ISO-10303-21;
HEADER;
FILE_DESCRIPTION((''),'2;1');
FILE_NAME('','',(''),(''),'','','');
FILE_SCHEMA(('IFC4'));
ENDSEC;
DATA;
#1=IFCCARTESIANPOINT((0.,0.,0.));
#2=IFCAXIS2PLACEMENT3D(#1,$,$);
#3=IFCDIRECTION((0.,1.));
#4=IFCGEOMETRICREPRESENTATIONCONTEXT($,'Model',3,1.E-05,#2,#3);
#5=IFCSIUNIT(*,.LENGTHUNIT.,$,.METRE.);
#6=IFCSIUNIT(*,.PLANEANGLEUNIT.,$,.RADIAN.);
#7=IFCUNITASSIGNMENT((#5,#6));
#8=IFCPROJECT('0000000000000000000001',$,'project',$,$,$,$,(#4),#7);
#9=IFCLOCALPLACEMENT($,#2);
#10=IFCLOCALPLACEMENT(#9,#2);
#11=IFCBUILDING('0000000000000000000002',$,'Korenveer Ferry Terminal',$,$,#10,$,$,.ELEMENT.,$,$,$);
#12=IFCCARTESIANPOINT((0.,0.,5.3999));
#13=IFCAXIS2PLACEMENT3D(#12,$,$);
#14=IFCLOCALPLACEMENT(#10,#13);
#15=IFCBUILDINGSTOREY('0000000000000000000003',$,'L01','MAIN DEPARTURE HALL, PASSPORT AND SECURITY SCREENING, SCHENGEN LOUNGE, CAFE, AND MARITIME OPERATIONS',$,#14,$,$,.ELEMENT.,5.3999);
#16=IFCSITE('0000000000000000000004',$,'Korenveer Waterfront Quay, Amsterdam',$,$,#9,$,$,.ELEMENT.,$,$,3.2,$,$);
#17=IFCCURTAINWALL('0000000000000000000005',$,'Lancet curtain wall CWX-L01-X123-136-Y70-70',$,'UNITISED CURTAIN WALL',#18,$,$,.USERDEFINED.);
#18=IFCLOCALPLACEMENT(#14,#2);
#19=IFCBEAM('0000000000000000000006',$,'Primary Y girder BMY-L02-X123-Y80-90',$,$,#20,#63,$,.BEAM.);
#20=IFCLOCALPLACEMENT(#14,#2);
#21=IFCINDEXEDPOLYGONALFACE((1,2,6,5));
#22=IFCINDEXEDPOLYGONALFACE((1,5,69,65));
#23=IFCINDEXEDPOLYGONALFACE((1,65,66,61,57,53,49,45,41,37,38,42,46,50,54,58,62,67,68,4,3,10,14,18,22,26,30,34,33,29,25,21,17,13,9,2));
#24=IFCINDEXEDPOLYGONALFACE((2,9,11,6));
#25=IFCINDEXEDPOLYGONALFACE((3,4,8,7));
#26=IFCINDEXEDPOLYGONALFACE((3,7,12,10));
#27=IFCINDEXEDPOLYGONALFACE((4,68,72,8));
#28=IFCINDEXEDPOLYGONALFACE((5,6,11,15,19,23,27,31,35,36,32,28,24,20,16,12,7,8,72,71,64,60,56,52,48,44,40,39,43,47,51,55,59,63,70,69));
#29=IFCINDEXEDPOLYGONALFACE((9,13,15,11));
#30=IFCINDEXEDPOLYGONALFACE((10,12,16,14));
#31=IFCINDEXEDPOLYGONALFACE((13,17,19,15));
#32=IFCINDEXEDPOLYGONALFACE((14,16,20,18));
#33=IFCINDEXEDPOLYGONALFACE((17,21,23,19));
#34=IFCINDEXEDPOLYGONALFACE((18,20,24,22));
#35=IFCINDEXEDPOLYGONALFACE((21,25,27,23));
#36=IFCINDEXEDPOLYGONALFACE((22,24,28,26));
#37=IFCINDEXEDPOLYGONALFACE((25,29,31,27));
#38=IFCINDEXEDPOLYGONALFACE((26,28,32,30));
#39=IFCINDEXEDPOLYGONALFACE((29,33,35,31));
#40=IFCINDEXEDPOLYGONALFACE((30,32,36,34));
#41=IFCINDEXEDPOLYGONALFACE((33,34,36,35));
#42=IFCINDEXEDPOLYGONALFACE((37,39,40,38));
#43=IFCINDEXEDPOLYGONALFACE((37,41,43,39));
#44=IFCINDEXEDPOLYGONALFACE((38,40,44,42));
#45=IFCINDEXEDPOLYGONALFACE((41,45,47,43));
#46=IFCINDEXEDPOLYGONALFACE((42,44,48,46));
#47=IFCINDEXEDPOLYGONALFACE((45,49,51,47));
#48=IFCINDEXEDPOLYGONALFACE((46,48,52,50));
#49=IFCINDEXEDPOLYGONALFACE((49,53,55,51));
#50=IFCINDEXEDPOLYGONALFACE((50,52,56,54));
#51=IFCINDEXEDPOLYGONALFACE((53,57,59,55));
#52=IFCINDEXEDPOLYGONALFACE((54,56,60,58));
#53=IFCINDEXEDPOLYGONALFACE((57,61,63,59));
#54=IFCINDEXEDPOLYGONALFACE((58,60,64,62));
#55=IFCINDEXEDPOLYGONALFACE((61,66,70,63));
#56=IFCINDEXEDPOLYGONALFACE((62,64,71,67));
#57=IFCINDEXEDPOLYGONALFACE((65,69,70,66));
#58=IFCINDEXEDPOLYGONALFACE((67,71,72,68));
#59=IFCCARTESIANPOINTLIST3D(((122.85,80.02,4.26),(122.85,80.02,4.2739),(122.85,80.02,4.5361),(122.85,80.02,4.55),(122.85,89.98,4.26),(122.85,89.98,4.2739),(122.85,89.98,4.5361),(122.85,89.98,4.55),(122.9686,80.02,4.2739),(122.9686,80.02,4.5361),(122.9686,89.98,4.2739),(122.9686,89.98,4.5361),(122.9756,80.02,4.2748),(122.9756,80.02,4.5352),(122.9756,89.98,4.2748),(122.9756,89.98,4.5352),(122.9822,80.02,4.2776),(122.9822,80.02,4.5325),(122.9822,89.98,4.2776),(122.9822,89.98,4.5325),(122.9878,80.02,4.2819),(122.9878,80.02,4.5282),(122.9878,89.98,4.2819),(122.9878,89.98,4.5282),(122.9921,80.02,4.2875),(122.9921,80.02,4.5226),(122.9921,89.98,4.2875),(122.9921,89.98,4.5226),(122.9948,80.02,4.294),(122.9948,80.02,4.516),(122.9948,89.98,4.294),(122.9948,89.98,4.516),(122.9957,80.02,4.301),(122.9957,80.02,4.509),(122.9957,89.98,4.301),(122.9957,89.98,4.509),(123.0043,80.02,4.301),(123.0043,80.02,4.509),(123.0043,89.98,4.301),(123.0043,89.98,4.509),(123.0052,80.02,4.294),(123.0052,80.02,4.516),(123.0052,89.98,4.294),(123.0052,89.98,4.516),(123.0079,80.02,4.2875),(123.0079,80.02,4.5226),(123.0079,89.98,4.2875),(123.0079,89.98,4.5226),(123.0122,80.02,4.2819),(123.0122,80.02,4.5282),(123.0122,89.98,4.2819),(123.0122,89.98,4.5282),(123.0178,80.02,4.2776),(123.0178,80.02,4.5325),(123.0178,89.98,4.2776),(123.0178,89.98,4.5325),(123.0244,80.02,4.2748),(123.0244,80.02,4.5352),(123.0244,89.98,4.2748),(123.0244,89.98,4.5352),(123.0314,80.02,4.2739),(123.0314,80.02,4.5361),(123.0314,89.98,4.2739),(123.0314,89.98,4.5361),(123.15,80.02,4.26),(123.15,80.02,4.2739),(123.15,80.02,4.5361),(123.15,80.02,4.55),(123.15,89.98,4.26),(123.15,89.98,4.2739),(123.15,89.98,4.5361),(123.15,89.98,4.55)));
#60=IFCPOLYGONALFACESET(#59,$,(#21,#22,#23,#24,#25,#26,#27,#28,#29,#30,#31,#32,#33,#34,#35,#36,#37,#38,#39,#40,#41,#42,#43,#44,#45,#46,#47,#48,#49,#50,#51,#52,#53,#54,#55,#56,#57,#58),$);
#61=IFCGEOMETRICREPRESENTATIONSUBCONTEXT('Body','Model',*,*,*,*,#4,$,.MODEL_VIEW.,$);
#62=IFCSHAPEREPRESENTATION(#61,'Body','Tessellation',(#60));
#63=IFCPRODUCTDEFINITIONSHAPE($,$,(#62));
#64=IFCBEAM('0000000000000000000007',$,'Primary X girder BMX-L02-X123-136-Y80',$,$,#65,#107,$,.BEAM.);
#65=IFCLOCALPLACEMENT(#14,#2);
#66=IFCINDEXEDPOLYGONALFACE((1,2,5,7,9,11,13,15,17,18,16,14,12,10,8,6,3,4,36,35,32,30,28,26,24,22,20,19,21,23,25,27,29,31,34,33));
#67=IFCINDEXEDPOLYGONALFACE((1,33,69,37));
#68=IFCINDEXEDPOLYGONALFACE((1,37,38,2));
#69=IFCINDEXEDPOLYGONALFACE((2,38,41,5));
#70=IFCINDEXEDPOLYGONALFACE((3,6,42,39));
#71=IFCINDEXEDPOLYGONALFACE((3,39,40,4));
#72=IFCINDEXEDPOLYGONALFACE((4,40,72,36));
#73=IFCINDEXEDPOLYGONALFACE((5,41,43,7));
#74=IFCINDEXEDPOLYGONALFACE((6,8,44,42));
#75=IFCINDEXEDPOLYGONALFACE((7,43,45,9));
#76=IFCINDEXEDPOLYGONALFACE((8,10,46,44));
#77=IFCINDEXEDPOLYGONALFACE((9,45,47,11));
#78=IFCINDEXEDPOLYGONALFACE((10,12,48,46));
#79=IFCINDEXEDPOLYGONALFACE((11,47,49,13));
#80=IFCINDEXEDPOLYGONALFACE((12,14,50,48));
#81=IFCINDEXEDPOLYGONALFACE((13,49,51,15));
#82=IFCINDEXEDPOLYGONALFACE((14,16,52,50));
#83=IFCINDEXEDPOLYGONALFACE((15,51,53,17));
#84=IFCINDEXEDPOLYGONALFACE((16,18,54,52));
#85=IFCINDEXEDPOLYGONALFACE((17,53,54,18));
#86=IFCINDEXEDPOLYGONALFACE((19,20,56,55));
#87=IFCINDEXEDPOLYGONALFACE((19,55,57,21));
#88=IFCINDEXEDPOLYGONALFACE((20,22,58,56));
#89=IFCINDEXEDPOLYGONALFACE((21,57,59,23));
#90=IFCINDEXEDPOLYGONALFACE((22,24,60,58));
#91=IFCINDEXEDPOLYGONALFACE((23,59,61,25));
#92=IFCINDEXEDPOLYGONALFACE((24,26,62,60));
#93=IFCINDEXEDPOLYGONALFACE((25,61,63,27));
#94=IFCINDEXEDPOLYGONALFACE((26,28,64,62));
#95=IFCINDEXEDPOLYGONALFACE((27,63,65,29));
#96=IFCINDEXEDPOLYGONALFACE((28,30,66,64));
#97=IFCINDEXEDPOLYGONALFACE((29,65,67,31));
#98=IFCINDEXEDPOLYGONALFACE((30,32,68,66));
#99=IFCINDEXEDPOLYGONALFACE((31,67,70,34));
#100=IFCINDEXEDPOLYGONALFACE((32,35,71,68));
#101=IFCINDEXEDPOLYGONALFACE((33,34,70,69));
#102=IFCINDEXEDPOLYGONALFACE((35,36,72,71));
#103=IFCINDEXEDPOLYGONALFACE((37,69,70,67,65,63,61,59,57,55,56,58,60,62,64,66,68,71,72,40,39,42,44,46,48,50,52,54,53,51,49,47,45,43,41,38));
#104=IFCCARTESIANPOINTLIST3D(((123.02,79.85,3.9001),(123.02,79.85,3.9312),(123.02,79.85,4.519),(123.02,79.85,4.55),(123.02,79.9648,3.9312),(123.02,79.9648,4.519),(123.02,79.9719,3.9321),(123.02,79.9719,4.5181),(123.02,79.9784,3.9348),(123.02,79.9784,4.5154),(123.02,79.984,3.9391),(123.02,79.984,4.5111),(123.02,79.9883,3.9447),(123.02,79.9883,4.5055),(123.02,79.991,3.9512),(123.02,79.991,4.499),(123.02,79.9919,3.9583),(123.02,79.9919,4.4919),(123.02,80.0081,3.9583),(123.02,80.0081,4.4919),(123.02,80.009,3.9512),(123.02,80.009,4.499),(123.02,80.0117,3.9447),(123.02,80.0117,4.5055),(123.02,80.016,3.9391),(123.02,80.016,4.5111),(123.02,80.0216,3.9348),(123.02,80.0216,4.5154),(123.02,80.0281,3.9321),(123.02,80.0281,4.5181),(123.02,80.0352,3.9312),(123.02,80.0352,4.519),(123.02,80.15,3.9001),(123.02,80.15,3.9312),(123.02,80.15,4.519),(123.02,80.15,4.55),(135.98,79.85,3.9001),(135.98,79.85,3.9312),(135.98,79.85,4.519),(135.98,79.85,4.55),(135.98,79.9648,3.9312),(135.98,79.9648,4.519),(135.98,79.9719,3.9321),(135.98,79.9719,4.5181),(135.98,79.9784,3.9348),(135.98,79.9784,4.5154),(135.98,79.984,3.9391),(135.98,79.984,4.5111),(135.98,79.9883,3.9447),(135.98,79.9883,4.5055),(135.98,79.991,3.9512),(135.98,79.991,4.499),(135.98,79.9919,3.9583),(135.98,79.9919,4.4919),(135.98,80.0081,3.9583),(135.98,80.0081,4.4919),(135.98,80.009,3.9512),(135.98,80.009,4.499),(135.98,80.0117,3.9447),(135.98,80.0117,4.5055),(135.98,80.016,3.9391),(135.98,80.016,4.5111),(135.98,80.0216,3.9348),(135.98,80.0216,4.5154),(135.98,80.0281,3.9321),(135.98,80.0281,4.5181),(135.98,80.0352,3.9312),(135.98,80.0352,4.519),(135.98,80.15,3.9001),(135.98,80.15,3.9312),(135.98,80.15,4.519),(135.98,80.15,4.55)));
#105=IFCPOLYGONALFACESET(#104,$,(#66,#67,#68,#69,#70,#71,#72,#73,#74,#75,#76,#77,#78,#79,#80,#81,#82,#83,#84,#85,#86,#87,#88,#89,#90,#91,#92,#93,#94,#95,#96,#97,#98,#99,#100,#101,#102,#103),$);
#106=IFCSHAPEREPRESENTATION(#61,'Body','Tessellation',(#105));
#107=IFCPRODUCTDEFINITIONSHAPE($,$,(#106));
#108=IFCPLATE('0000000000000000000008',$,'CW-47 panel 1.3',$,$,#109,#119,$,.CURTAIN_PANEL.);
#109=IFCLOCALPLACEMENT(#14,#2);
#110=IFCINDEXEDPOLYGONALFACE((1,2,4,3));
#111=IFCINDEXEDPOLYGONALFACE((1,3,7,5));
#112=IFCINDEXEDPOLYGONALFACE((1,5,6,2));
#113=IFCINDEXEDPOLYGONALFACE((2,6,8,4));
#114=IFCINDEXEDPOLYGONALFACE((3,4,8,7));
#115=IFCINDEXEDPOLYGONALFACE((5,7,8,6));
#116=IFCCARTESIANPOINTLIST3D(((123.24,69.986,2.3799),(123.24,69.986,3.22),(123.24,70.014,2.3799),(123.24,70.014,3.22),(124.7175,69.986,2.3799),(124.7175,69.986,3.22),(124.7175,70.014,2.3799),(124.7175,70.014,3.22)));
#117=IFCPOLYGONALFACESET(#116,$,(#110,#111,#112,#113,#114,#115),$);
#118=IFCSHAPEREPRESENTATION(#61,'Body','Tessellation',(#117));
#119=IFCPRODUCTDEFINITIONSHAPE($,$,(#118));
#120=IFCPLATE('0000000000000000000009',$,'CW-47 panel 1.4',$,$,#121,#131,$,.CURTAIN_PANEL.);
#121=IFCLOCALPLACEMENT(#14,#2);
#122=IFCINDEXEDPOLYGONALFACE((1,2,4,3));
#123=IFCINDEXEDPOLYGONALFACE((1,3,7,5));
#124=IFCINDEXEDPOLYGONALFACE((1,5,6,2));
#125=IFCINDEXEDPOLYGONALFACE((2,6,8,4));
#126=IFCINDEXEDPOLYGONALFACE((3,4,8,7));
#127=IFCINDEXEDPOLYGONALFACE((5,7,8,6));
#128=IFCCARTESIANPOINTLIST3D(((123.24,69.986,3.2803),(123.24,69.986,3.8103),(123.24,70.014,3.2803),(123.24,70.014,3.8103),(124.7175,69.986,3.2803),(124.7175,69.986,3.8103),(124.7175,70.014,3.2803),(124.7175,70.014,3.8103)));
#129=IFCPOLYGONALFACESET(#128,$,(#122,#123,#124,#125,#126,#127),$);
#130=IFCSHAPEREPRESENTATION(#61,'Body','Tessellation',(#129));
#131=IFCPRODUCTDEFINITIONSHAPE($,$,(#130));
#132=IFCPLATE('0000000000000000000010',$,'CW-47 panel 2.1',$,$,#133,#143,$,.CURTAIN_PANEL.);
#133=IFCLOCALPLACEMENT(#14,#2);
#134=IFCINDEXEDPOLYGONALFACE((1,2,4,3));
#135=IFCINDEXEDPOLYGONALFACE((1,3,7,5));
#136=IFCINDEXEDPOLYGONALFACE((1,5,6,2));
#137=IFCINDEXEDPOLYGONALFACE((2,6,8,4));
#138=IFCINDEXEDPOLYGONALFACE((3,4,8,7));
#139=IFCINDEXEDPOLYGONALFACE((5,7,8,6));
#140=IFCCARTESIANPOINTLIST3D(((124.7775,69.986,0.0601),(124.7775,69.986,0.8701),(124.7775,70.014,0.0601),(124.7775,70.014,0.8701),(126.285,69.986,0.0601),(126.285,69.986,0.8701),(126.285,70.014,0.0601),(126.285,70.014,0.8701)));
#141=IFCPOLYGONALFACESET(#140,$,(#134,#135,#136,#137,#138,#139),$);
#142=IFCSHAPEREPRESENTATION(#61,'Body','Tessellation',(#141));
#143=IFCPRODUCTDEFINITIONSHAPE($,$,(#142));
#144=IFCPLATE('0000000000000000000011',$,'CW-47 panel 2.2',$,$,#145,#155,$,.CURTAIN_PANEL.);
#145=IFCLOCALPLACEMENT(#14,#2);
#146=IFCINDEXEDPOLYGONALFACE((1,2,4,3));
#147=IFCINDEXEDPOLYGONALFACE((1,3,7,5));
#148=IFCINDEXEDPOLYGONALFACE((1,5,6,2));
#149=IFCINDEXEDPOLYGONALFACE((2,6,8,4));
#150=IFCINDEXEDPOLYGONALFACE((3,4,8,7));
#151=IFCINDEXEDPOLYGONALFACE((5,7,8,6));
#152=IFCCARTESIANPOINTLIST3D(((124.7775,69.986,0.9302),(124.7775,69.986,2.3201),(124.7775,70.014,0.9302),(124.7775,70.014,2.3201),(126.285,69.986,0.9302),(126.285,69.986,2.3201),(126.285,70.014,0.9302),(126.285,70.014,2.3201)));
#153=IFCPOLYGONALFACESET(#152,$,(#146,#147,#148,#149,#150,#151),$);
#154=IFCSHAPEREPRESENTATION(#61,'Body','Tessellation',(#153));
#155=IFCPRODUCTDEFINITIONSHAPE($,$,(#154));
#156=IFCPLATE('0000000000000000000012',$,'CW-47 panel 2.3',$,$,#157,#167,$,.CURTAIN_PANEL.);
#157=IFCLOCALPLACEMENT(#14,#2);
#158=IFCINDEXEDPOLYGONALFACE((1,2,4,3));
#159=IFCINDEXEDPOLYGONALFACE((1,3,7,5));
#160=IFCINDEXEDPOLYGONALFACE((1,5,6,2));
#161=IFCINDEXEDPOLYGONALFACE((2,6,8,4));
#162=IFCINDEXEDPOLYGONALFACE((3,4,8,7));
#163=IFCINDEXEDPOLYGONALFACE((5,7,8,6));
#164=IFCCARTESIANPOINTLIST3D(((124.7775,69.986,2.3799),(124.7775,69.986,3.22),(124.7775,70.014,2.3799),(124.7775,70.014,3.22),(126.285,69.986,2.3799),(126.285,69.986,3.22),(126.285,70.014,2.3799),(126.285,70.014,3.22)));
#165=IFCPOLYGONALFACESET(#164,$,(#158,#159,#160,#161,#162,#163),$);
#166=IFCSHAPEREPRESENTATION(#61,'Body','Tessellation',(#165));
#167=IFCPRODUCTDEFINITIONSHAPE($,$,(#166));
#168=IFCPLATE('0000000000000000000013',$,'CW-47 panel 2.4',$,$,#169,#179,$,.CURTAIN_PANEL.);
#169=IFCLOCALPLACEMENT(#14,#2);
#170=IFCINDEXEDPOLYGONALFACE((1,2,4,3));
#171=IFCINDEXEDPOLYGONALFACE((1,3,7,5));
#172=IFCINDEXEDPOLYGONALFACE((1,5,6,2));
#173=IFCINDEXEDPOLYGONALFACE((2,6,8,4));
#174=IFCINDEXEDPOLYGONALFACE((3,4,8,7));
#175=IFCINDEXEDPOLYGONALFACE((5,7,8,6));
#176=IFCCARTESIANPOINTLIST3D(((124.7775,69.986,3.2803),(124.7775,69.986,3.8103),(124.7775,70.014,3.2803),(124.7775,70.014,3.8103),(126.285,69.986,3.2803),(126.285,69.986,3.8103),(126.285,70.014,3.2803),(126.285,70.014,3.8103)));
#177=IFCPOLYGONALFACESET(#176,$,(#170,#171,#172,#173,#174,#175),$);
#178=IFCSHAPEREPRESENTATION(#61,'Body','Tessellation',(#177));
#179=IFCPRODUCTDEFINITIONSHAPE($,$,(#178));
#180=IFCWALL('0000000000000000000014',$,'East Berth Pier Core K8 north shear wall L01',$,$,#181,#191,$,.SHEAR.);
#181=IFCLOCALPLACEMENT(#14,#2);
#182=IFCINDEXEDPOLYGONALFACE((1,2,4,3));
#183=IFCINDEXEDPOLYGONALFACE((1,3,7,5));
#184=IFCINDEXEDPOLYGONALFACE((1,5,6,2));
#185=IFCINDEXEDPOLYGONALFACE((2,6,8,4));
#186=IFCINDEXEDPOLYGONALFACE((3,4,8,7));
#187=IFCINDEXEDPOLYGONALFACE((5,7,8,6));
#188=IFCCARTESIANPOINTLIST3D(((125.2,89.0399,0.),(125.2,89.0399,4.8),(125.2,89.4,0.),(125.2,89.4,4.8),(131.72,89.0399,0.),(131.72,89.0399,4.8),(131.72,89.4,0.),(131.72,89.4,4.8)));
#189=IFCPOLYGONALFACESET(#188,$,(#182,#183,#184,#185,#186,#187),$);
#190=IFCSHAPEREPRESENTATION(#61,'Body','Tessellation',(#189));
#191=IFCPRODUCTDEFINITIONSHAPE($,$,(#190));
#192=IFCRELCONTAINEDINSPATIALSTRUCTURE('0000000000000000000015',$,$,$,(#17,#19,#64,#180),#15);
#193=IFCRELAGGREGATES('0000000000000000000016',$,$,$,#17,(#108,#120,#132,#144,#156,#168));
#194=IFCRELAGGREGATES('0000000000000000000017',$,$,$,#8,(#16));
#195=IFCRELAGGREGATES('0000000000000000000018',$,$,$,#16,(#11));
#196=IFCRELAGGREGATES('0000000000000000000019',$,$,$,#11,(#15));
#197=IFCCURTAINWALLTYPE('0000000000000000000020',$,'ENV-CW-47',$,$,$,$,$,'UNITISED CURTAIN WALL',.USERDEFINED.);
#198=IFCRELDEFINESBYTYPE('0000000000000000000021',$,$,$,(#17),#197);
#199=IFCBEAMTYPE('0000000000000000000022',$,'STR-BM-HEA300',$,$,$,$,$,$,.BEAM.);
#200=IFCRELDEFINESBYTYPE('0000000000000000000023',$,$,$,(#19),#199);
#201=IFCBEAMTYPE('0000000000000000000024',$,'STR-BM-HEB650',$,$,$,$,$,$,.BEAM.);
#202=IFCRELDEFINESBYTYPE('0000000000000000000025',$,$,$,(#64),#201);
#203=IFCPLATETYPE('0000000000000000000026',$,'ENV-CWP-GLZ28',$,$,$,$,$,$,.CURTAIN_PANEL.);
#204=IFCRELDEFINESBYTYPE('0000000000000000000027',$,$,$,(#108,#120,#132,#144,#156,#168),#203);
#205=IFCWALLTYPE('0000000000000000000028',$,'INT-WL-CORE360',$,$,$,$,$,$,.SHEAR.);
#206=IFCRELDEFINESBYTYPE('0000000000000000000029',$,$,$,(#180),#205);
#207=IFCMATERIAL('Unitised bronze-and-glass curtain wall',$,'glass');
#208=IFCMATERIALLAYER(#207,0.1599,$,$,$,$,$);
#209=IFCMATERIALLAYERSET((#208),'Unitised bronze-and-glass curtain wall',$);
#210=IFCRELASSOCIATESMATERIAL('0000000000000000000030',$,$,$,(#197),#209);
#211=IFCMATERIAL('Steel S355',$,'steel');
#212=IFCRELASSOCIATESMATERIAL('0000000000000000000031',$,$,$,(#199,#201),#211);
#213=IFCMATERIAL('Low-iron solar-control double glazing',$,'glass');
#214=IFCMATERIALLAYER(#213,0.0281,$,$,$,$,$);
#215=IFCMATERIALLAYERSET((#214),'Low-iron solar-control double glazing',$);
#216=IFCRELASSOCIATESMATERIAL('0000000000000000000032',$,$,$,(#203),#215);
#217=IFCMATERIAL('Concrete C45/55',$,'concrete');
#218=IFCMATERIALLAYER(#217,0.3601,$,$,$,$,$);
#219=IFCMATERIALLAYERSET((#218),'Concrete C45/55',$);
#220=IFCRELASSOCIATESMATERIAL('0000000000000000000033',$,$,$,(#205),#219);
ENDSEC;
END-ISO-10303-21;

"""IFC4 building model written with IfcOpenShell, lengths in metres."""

from ifc_helpers import new_model, si_unit, direction, frame, frame_2d, origin, origin_2d, place, context, subcontext, project, spatial, rectangle, i_section, extrude, material, layer, layer_set, material_profile, profile_set, type_object, element, aggregate, save


model = new_model("IFC4")

# Units and contexts
model_context = context("Model", 3, precision=1e-05, world=origin(), true_north=direction((0.0, 1.0)))
body_context = subcontext(model_context, "Body", "Model", "MODEL_VIEW")
ifc_project = project(units=[si_unit("LENGTHUNIT", "METRE"), si_unit("PLANEANGLEUNIT", "RADIAN")], contexts=[model_context])

# Site, building, storey
site_placement = place(None, origin())
site = spatial("IfcSite", under=ifc_project, at=site_placement, Name="Korenveer Waterfront Quay, Amsterdam", CompositionType="ELEMENT", RefElevation=3.2)
building_placement = place(site_placement, origin())
building = spatial("IfcBuilding", under=site, at=building_placement, Name="Korenveer Ferry Terminal", CompositionType="ELEMENT")
storey_placement = place(building_placement, frame((0.0, 0.0, 5.3999)))
storey = spatial("IfcBuildingStorey", under=building, at=storey_placement, Name="L01", Description="MAIN DEPARTURE HALL, PASSPORT AND SECURITY SCREENING, SCHENGEN LOUNGE, CAFE, AND MARITIME OPERATIONS", CompositionType="ELEMENT", Elevation=5.3999)

# Shared definitions
ifc_material_1 = material(Name="Steel S355", Category="steel")

# Curtain wall
ifc_material_2 = material(Name="Unitised bronze-and-glass curtain wall", Category="glass")
ifc_layer_1 = layer(ifc_material_2, 0.1599)
ifc_layer_set_1 = layer_set([ifc_layer_1], Name="Unitised bronze-and-glass curtain wall")
curtain_wall_type = type_object("IfcCurtainWallType", Name="ENV-CW-47", ElementType="UNITISED CURTAIN WALL", PredefinedType="USERDEFINED", material=ifc_layer_set_1)
curtain_wall_placement = place(storey_placement, frame((123.1799, 70.0, 0.0)))
curtain_wall = element("IfcCurtainWall", 1, at=curtain_wall_placement, inside=storey, type_object=curtain_wall_type, Name="Lancet curtain wall CWX-L01-X123-136-Y70-70", ObjectType="UNITISED CURTAIN WALL", PredefinedType="USERDEFINED")

# Beams
ifc_material_profile_1 = material_profile(ifc_material_1, i_section(OverallWidth=0.3, OverallDepth=0.29, WebThickness=0.0085, FlangeThickness=0.0139, FilletRadius=0.0271, at=origin_2d()), Name="HEA 300")
ifc_profile_set_1 = profile_set([ifc_material_profile_1], Name="Steel S355")
beam_type_1 = type_object("IfcBeamType", Name="STR-BM-HEA300", PredefinedType="BEAM", material=ifc_profile_set_1)
for number, where, z_axis, x_axis, name in (
    (2, (123.0, 80.02, 4.405), (0.0, 1.0, 0.0), (-1.0, 0.0, 0.0), "Primary Y girder BMY-L02-X123-Y80-90"),
):
    element("IfcBeam", number, at=place(storey_placement, frame(where, z_axis=z_axis, x_axis=x_axis)), inside=storey, type_object=beam_type_1, Name=name, PredefinedType="BEAM", context=body_context, shape_type="SweptSolid", body=[
        extrude(i_section(OverallWidth=0.3, OverallDepth=0.29, WebThickness=0.0085, FlangeThickness=0.0139, FilletRadius=0.0271, at=origin_2d()), origin(), (0.0, 0.0, 1.0), 9.96),
    ])
ifc_material_profile_2 = material_profile(ifc_material_1, i_section(OverallWidth=0.3, OverallDepth=0.6499, WebThickness=0.0161, FlangeThickness=0.031, FilletRadius=0.0271, at=origin_2d()), Name="HEB 650")
ifc_profile_set_2 = profile_set([ifc_material_profile_2], Name="Steel S355")
beam_type_2 = type_object("IfcBeamType", Name="STR-BM-HEB650", PredefinedType="BEAM", material=ifc_profile_set_2)
beam_placement = place(storey_placement, frame((123.02, 80.0, 4.2251), z_axis=(1.0, 0.0, 0.0), x_axis=(0.0, 1.0, 0.0)))
element("IfcBeam", 3, at=beam_placement, inside=storey, type_object=beam_type_2, Name="Primary X girder BMX-L02-X123-136-Y80", PredefinedType="BEAM", context=body_context, shape_type="SweptSolid", body=[
    extrude(i_section(OverallWidth=0.3, OverallDepth=0.6499, WebThickness=0.0161, FlangeThickness=0.031, FilletRadius=0.0271, at=origin_2d()), origin(), (0.0, 0.0, 1.0), 12.96),
])

# Plates
ifc_material_3 = material(Name="Low-iron solar-control double glazing", Category="glass")
ifc_layer_2 = layer(ifc_material_3, 0.0281)
ifc_layer_set_2 = layer_set([ifc_layer_2], Name="Low-iron solar-control double glazing")
plate_type = type_object("IfcPlateType", Name="ENV-CWP-GLZ28", PredefinedType="CURTAIN_PANEL", material=ifc_layer_set_2)
plate_1_placement = place(storey_placement, frame((123.9788, 70.0, 2.3799), z_axis=(0.0, 0.0, 1.0), x_axis=(1.0, 0.0, 0.0)))
plate_1 = element("IfcPlate", 4, at=plate_1_placement, type_object=plate_type, Name="CW-47 panel 1.3", PredefinedType="CURTAIN_PANEL", context=body_context, shape_type="SweptSolid", body=[
    extrude(rectangle(XDim=1.4775, YDim=0.0281, at=origin_2d()), origin(), (0.0, 0.0, 1.0), 0.8401),
])
plate_2_placement = place(storey_placement, frame((123.9788, 70.0, 3.2803), z_axis=(0.0, 0.0, 1.0), x_axis=(1.0, 0.0, 0.0)))
plate_2 = element("IfcPlate", 5, at=plate_2_placement, type_object=plate_type, Name="CW-47 panel 1.4", PredefinedType="CURTAIN_PANEL", context=body_context, shape_type="SweptSolid", body=[
    extrude(rectangle(XDim=1.4775, YDim=0.0281, at=origin_2d()), origin(), (0.0, 0.0, 1.0), 0.53),
])
plate_3_placement = place(storey_placement, frame((125.5312, 70.0, 0.0601), z_axis=(0.0, 0.0, 1.0), x_axis=(1.0, 0.0, 0.0)))
plate_3 = element("IfcPlate", 6, at=plate_3_placement, type_object=plate_type, Name="CW-47 panel 2.1", PredefinedType="CURTAIN_PANEL", context=body_context, shape_type="SweptSolid", body=[
    extrude(rectangle(XDim=1.5076, YDim=0.0281, at=origin_2d()), origin(), (0.0, 0.0, 1.0), 0.8101),
])
plate_4_placement = place(storey_placement, frame((125.5312, 70.0, 0.9302), z_axis=(0.0, 0.0, 1.0), x_axis=(1.0, 0.0, 0.0)))
plate_4 = element("IfcPlate", 7, at=plate_4_placement, type_object=plate_type, Name="CW-47 panel 2.2", PredefinedType="CURTAIN_PANEL", context=body_context, shape_type="SweptSolid", body=[
    extrude(rectangle(XDim=1.5076, YDim=0.0281, at=origin_2d()), origin(), (0.0, 0.0, 1.0), 1.3899),
])
plate_5_placement = place(storey_placement, frame((125.5312, 70.0, 2.3799), z_axis=(0.0, 0.0, 1.0), x_axis=(1.0, 0.0, 0.0)))
plate_5 = element("IfcPlate", 8, at=plate_5_placement, type_object=plate_type, Name="CW-47 panel 2.3", PredefinedType="CURTAIN_PANEL", context=body_context, shape_type="SweptSolid", body=[
    extrude(rectangle(XDim=1.5076, YDim=0.0281, at=origin_2d()), origin(), (0.0, 0.0, 1.0), 0.8401),
])
plate_6_placement = place(storey_placement, frame((125.5312, 70.0, 3.2803), z_axis=(0.0, 0.0, 1.0), x_axis=(1.0, 0.0, 0.0)))
plate_6 = element("IfcPlate", 9, at=plate_6_placement, type_object=plate_type, Name="CW-47 panel 2.4", PredefinedType="CURTAIN_PANEL", context=body_context, shape_type="SweptSolid", body=[
    extrude(rectangle(XDim=1.5076, YDim=0.0281, at=origin_2d()), origin(), (0.0, 0.0, 1.0), 0.53),
])
aggregate(curtain_wall, [plate_1, plate_2, plate_3, plate_4, plate_5, plate_6])

# Shared definitions
ifc_material_4 = material(Name="Concrete C45/55", Category="concrete")
ifc_layer_3 = layer(ifc_material_4, 0.3601)
ifc_layer_set_3 = layer_set([ifc_layer_3], Name="Concrete C45/55")
wall_type = type_object("IfcWallType", Name="INT-WL-CORE360", PredefinedType="SHEAR", material=ifc_layer_set_3)

# Wall
wall_1_placement = place(storey_placement, frame((125.2, 89.22, 0.0), z_axis=(0.0, 0.0, 1.0), x_axis=(1.0, 0.0, 0.0)))
element("IfcWall", 10, at=wall_1_placement, inside=storey, type_object=wall_type, Name="East Berth Pier Core K8 north shear wall L01", PredefinedType="SHEAR", context=body_context, shape_type="SweptSolid", body=[
    extrude(rectangle(XDim=6.52, YDim=0.3601, at=frame_2d((3.26, 0.0))), origin(), (0.0, 0.0, 1.0), 4.8),
])

save(model, "model.ifc")
